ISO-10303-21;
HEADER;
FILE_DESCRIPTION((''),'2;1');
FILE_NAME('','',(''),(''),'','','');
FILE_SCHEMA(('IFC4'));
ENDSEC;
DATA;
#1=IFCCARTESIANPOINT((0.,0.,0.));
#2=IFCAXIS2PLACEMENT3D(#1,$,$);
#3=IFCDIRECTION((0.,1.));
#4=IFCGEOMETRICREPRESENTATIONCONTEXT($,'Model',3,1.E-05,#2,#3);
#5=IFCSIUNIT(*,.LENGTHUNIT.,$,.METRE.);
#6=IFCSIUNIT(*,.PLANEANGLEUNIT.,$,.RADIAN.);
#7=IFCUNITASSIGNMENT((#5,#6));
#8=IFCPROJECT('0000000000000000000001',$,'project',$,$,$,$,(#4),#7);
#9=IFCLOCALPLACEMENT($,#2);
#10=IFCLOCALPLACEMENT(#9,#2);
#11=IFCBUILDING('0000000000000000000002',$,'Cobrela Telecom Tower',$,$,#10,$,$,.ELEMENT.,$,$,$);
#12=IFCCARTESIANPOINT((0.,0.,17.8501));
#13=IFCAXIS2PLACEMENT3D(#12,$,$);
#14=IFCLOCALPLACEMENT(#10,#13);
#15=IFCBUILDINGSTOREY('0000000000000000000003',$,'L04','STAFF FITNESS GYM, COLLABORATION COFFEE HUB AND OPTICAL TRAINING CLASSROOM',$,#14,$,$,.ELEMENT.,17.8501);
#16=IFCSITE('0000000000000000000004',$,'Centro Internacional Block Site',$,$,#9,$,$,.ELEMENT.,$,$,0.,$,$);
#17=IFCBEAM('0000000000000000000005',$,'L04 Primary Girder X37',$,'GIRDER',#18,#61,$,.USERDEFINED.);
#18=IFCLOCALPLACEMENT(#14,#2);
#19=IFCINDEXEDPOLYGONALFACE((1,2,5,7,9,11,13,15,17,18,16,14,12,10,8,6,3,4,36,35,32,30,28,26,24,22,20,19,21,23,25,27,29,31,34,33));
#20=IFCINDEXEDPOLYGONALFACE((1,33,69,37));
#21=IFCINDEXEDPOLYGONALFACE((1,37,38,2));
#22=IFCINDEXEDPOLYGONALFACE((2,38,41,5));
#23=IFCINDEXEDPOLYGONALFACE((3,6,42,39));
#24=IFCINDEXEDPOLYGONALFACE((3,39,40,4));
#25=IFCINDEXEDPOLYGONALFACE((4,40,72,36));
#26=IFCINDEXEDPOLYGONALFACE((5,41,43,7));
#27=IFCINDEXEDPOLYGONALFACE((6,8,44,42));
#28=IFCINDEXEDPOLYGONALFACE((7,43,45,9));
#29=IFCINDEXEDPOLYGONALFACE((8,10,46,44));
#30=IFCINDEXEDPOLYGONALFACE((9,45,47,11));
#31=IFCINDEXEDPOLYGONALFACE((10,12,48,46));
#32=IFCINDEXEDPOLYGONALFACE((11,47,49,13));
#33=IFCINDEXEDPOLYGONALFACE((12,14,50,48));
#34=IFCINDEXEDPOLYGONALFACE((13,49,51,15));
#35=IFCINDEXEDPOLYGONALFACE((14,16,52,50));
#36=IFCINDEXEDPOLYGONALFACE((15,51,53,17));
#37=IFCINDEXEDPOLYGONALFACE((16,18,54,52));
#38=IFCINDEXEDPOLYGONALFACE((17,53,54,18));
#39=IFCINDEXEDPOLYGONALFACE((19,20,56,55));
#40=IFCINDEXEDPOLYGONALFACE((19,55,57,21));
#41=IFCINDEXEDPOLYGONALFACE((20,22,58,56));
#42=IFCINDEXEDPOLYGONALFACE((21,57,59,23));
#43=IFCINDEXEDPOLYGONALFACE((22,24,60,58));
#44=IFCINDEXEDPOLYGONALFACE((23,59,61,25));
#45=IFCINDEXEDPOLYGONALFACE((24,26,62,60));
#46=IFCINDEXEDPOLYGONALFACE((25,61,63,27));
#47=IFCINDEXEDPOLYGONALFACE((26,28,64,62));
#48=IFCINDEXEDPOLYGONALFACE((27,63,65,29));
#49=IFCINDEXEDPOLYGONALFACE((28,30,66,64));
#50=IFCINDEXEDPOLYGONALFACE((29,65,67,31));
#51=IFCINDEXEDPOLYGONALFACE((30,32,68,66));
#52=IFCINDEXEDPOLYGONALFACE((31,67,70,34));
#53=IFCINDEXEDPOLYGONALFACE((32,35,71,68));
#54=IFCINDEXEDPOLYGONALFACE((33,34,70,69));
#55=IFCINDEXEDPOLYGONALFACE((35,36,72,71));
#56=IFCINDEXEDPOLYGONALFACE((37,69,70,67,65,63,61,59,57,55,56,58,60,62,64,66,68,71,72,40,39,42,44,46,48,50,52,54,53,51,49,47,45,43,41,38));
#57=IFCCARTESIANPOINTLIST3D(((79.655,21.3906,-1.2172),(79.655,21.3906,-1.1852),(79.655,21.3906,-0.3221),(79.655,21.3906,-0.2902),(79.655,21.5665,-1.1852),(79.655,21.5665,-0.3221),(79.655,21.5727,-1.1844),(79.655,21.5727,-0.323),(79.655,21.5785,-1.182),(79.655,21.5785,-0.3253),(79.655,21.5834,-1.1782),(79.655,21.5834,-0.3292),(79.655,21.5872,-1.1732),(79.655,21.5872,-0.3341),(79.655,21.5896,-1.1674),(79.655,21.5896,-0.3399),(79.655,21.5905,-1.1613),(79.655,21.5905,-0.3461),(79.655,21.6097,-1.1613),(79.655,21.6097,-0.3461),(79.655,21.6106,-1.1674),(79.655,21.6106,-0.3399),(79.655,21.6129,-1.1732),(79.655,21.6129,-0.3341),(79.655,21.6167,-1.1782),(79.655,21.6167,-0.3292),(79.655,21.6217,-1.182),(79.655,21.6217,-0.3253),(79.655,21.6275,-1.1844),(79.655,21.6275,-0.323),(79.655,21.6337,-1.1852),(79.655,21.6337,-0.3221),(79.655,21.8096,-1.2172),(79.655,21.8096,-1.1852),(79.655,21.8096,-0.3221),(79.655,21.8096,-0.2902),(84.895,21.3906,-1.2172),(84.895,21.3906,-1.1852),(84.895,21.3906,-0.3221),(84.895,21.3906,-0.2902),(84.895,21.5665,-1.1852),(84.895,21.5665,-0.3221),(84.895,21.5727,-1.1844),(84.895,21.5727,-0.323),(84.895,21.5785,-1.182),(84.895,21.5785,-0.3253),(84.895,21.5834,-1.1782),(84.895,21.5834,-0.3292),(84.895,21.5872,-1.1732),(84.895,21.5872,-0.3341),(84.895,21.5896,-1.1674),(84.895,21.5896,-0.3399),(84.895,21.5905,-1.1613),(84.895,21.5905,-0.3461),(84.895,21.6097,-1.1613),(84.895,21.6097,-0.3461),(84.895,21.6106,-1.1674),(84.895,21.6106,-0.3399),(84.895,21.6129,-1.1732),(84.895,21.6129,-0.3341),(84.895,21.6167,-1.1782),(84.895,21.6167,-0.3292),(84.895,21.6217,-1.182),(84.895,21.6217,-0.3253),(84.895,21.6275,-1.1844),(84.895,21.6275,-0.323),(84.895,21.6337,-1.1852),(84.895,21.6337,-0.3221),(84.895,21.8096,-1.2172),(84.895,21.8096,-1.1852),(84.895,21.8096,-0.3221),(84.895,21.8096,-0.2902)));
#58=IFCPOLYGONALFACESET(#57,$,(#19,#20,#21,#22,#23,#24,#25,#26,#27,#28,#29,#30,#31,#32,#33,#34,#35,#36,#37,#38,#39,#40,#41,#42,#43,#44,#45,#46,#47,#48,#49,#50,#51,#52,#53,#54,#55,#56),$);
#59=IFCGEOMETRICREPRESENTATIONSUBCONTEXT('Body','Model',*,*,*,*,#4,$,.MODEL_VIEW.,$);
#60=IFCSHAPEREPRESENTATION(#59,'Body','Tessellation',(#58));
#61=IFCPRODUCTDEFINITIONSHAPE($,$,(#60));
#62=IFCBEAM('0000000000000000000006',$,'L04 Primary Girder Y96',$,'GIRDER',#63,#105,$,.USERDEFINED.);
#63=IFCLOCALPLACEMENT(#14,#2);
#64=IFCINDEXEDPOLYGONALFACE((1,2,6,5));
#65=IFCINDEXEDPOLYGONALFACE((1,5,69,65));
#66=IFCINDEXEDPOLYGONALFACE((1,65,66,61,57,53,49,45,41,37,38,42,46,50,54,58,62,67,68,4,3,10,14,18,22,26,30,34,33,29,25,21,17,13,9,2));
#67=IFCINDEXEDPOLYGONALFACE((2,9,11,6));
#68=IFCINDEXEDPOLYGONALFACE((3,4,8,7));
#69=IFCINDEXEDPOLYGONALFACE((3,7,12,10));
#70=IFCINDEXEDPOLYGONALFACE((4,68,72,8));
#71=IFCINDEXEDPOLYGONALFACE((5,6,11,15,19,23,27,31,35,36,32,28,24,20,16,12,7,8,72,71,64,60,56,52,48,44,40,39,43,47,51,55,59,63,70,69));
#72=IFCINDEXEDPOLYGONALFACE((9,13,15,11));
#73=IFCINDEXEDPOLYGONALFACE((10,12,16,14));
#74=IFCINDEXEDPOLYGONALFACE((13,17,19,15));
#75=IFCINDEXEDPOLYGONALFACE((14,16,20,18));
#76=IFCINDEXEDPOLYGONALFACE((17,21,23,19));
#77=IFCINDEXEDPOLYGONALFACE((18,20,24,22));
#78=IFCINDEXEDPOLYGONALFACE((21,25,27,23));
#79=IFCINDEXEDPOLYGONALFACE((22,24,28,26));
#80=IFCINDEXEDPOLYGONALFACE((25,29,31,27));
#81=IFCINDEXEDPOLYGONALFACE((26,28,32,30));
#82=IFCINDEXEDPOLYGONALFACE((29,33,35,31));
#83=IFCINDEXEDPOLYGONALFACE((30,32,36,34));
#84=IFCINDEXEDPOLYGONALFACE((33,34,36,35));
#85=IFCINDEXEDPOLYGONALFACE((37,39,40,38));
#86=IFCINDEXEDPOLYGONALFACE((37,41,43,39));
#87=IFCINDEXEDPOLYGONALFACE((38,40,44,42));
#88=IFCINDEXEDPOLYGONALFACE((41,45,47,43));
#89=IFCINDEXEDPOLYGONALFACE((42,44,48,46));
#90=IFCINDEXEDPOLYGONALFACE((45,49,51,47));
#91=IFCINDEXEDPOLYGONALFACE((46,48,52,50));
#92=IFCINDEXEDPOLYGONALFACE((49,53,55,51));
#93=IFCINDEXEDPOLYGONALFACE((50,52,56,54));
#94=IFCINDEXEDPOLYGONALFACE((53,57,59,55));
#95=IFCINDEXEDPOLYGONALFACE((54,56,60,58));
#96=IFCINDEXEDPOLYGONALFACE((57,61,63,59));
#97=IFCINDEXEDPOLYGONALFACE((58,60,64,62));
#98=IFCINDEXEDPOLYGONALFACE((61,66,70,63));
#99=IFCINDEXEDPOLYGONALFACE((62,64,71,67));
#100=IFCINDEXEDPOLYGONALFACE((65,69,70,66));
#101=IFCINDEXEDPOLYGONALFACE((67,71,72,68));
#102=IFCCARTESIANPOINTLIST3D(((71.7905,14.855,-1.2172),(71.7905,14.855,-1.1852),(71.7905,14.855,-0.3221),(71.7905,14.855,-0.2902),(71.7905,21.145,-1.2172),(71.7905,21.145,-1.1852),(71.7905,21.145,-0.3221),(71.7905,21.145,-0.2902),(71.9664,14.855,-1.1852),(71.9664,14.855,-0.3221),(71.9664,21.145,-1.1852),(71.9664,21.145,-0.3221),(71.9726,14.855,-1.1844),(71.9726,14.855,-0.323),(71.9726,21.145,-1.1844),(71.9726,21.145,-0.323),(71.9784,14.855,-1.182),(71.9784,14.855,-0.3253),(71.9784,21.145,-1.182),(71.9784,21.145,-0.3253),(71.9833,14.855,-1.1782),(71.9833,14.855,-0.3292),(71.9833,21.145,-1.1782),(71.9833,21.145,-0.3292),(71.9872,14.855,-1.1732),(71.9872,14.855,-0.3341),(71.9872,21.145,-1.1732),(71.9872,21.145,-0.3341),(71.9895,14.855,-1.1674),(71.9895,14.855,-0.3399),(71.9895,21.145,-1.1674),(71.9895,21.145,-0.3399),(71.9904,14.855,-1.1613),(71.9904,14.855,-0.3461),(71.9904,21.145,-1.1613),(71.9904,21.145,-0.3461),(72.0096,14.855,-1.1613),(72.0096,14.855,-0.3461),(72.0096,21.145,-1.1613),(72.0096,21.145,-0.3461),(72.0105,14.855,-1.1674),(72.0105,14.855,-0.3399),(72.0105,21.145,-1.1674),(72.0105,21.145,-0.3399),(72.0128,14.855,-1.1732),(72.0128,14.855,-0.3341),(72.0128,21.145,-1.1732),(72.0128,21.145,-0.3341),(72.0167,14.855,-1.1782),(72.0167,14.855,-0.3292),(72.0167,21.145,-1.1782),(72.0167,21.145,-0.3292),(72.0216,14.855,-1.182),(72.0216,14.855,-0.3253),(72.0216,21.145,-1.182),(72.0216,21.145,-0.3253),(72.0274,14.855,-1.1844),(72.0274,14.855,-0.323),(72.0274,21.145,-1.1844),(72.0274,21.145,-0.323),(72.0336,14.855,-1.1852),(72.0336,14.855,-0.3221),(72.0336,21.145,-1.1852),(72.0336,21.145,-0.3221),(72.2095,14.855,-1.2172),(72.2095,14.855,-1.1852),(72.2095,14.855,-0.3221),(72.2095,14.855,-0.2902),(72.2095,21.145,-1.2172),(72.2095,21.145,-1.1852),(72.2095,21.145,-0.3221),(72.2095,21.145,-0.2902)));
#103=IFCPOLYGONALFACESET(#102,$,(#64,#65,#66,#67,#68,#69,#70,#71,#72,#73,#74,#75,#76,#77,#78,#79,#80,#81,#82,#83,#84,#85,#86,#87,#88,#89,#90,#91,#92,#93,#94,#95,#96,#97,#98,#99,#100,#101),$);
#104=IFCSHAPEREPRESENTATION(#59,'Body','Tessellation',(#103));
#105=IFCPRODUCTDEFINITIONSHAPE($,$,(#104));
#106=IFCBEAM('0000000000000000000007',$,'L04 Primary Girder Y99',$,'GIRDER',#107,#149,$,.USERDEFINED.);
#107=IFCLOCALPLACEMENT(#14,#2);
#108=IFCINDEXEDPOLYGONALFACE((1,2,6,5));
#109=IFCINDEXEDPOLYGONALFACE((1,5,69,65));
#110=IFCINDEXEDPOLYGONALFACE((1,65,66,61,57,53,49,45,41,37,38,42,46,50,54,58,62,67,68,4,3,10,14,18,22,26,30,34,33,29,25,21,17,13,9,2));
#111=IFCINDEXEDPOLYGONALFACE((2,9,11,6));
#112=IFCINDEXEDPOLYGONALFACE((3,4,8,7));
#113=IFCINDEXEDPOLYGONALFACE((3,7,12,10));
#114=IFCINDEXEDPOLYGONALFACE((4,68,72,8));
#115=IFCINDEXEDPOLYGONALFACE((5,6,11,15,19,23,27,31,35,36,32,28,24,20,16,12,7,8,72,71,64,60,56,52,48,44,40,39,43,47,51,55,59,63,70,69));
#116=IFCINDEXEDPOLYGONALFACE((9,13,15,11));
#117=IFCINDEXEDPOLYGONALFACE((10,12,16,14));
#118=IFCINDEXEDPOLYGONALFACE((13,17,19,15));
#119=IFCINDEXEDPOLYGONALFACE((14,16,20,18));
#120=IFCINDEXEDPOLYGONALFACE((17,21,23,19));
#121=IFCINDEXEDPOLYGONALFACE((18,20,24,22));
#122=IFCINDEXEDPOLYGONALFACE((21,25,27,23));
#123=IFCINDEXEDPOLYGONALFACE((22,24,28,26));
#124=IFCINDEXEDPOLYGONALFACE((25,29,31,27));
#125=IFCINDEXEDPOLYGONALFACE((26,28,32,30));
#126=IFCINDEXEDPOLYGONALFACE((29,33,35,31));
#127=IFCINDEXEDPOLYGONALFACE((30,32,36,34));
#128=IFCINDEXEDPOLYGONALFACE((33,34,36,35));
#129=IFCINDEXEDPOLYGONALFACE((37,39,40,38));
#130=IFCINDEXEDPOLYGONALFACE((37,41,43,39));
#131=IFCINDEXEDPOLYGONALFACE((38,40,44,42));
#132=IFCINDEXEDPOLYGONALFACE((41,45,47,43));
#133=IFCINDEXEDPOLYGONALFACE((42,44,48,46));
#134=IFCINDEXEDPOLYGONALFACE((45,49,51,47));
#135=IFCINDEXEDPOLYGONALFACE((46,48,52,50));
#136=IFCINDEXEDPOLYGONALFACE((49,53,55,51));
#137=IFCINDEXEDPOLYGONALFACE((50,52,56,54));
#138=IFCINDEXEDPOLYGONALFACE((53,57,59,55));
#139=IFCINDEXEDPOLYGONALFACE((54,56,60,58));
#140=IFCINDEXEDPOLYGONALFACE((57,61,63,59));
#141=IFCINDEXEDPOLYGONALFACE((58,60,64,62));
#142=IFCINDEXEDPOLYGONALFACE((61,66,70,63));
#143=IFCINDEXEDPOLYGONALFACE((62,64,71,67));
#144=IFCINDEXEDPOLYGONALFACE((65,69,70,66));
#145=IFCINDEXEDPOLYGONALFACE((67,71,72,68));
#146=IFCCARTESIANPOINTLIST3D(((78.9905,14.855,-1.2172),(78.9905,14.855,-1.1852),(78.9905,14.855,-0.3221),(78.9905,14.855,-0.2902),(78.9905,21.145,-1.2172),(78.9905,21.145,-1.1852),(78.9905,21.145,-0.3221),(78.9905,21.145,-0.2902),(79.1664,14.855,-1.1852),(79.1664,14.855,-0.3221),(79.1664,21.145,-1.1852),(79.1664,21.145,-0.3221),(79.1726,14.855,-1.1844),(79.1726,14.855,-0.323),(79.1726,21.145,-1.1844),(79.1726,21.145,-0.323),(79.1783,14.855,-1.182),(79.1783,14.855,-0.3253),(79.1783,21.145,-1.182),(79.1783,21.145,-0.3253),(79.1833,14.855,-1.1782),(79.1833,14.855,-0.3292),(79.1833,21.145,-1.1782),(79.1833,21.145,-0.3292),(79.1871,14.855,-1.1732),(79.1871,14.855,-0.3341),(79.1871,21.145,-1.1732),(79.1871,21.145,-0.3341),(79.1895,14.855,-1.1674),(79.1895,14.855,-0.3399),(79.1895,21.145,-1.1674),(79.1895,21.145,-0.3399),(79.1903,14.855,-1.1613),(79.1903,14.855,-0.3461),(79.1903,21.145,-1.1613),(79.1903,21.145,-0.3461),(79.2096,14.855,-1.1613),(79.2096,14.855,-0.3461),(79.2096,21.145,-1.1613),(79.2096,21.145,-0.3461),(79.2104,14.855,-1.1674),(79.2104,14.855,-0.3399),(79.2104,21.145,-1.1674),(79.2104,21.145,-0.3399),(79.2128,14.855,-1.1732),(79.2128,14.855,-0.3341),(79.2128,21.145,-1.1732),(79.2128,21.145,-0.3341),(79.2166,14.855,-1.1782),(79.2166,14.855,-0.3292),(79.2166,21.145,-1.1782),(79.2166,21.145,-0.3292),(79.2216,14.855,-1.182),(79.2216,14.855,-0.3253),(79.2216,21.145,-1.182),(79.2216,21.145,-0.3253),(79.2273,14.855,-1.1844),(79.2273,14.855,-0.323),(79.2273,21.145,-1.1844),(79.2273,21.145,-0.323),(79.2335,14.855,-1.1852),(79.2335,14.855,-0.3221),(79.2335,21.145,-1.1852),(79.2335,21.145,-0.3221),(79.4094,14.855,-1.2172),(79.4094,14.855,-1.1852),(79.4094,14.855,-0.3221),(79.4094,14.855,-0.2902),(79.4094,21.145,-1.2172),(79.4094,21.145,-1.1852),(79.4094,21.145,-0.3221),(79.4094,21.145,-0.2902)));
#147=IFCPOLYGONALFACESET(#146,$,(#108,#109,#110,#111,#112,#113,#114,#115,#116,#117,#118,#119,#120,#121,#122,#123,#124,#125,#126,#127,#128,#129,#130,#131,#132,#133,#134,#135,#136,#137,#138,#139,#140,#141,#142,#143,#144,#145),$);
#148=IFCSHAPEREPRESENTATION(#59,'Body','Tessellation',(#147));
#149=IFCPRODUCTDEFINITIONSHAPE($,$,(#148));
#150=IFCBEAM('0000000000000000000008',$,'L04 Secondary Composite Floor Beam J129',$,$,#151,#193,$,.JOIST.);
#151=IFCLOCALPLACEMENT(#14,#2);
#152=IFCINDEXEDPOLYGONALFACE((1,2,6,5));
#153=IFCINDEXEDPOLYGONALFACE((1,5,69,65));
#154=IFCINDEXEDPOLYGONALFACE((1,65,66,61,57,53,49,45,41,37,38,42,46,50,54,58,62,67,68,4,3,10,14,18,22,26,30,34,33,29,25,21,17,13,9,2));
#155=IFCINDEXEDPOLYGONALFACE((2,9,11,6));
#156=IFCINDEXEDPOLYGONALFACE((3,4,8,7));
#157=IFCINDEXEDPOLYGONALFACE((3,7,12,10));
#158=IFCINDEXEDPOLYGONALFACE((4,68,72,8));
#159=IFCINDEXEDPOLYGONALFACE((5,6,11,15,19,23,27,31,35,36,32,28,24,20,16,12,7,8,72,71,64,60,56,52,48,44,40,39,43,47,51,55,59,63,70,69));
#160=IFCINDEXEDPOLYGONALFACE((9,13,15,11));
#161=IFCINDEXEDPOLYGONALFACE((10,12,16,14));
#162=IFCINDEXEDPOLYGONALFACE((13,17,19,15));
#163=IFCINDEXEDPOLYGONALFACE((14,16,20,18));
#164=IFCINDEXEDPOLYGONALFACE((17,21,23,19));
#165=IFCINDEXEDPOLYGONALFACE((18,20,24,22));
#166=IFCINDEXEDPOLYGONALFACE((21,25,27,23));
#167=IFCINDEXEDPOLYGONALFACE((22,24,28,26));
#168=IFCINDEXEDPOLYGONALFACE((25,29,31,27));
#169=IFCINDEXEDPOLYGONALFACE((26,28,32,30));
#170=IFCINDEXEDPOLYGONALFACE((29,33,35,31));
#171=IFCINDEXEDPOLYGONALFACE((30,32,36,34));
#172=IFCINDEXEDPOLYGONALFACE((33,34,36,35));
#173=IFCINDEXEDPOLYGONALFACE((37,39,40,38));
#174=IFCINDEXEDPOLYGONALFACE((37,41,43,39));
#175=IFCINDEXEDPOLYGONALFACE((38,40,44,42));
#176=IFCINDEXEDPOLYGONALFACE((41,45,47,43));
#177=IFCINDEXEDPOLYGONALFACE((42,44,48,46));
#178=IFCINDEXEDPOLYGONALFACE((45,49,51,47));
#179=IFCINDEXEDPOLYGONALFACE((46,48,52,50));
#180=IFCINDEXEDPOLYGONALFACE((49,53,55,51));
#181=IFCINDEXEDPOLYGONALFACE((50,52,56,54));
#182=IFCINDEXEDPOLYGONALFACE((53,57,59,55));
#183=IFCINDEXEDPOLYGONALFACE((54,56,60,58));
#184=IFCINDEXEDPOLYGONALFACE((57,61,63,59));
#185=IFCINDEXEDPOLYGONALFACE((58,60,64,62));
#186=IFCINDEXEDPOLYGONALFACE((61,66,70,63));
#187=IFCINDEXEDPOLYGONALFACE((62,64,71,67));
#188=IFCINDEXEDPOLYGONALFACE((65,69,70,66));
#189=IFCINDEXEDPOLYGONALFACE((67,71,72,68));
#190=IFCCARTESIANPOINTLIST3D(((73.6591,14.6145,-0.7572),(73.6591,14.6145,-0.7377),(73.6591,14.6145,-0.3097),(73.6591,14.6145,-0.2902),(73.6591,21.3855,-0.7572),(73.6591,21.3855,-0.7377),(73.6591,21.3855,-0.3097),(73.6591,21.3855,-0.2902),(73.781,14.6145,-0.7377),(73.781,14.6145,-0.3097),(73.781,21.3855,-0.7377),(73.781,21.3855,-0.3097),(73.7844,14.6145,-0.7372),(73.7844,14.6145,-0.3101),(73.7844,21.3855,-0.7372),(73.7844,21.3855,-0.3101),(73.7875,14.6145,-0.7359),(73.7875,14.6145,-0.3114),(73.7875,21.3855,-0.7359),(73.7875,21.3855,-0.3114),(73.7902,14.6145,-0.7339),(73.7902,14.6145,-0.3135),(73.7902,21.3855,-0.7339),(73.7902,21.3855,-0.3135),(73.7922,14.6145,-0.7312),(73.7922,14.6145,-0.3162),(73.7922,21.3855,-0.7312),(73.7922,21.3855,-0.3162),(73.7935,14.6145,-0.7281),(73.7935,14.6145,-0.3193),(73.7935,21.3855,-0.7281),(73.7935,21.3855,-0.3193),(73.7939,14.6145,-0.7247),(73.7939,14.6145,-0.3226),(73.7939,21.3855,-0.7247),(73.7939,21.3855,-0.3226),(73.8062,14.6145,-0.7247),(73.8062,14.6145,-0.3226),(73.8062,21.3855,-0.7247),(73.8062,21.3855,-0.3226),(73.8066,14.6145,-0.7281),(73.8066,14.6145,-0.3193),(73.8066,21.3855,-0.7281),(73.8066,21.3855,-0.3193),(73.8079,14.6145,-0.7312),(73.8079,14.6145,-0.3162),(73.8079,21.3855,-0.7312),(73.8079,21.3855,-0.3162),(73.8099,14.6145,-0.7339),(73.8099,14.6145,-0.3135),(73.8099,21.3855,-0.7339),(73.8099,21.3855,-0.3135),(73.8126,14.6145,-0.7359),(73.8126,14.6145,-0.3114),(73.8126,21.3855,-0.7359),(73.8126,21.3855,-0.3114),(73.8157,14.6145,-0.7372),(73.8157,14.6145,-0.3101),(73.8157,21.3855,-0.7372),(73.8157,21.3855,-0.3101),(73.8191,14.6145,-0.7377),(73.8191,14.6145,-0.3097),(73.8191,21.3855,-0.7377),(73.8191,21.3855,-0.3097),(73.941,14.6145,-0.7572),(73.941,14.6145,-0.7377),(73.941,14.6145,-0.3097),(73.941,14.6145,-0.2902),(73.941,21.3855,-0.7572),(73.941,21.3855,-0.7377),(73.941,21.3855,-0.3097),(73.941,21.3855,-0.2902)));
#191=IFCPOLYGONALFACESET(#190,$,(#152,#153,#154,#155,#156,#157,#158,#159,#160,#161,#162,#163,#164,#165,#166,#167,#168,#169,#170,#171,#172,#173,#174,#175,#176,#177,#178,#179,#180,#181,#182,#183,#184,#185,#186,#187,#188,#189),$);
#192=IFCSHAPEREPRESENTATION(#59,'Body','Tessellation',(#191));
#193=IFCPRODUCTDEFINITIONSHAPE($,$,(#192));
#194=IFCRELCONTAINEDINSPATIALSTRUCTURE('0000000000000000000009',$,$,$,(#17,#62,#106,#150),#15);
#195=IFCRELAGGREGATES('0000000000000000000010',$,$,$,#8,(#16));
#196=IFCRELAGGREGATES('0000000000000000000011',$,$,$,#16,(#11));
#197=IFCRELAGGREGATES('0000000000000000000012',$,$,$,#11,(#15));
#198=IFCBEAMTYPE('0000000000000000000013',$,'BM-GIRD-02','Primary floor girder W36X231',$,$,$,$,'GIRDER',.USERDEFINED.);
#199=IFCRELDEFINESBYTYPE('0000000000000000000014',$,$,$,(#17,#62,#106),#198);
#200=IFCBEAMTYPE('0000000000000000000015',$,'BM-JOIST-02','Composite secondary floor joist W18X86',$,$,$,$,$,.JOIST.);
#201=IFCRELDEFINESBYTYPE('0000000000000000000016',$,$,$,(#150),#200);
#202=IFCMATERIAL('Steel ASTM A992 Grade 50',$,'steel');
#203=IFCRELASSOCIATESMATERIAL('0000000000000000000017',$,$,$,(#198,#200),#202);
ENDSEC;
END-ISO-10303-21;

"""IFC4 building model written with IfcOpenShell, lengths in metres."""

from ifc_helpers import new_model, si_unit, direction, frame, origin, origin_2d, place, context, subcontext, project, spatial, i_section, extrude, material, material_profile, profile_set, type_object, element, save


model = new_model("IFC4")

# Units and contexts
model_context = context("Model", 3, precision=1e-05, world=origin(), true_north=direction((0.0, 1.0)))
body_context = subcontext(model_context, "Body", "Model", "MODEL_VIEW")
ifc_project = project(units=[si_unit("LENGTHUNIT", "METRE"), si_unit("PLANEANGLEUNIT", "RADIAN")], contexts=[model_context])

# Site, building, storey
site_placement = place(None, origin())
site = spatial("IfcSite", under=ifc_project, at=site_placement, Name="Centro Internacional Block Site", CompositionType="ELEMENT", RefElevation=0.0)
building_placement = place(site_placement, origin())
building = spatial("IfcBuilding", under=site, at=building_placement, Name="Cobrela Telecom Tower", CompositionType="ELEMENT")
storey_placement = place(building_placement, frame((0.0, 0.0, 17.8501)))
storey = spatial("IfcBuildingStorey", under=building, at=storey_placement, Name="L04", Description="STAFF FITNESS GYM, COLLABORATION COFFEE HUB AND OPTICAL TRAINING CLASSROOM", CompositionType="ELEMENT", Elevation=17.8501)

# Beams
ifc_material_1 = material(Name="Steel ASTM A992 Grade 50", Category="steel")
ifc_material_profile_1 = material_profile(ifc_material_1, i_section(OverallWidth=0.4189, OverallDepth=0.927, WebThickness=0.0193, FlangeThickness=0.032, FilletRadius=0.0239, at=origin_2d()), Name="W36X231")
ifc_profile_set_1 = profile_set([ifc_material_profile_1], Name="Steel ASTM A992 Grade 50")
beam_type_1 = type_object("IfcBeamType", Name="BM-GIRD-02", Description="Primary floor girder W36X231", ElementType="GIRDER", PredefinedType="USERDEFINED", material=ifc_profile_set_1)
beam_1_placement = place(storey_placement, frame((79.655, 21.6001, -0.7537), z_axis=(1.0, 0.0, 0.0), x_axis=(0.0, 1.0, 0.0)))
element("IfcBeam", 1, at=beam_1_placement, inside=storey, type_object=beam_type_1, Name="L04 Primary Girder X37", ObjectType="GIRDER", PredefinedType="USERDEFINED", context=body_context, shape_type="SweptSolid", body=[
    extrude(i_section(OverallWidth=0.4189, OverallDepth=0.927, WebThickness=0.0193, FlangeThickness=0.032, FilletRadius=0.0239, at=origin_2d()), origin(), (0.0, 0.0, 1.0), 5.24),
])
for number, where, z_axis, x_axis, name in (
    (2, (72.0, 14.855, -0.7537), (0.0, 1.0, 0.0), (-1.0, 0.0, 0.0), "L04 Primary Girder Y96"),
    (3, (79.2, 14.855, -0.7537), (0.0, 1.0, 0.0), (-1.0, 0.0, 0.0), "L04 Primary Girder Y99"),
):
    element("IfcBeam", number, at=place(storey_placement, frame(where, z_axis=z_axis, x_axis=x_axis)), inside=storey, type_object=beam_type_1, Name=name, ObjectType="GIRDER", PredefinedType="USERDEFINED", context=body_context, shape_type="SweptSolid", body=[
        extrude(i_section(OverallWidth=0.4189, OverallDepth=0.927, WebThickness=0.0193, FlangeThickness=0.032, FilletRadius=0.0239, at=origin_2d()), origin(), (0.0, 0.0, 1.0), 6.29),
    ])
ifc_material_profile_2 = material_profile(ifc_material_1, i_section(OverallWidth=0.282, OverallDepth=0.467, WebThickness=0.0122, FlangeThickness=0.0195, FilletRadius=0.0129, at=origin_2d()), Name="W18X86")
ifc_profile_set_2 = profile_set([ifc_material_profile_2], Name="Steel ASTM A992 Grade 50")
beam_type_2 = type_object("IfcBeamType", Name="BM-JOIST-02", Description="Composite secondary floor joist W18X86", PredefinedType="JOIST", material=ifc_profile_set_2)
for number, where, z_axis, x_axis, name in (
    (4, (73.8, 14.6145, -0.5237), (0.0, 1.0, 0.0), (-1.0, 0.0, 0.0), "L04 Secondary Composite Floor Beam J129"),
):
    element("IfcBeam", number, at=place(storey_placement, frame(where, z_axis=z_axis, x_axis=x_axis)), inside=storey, type_object=beam_type_2, Name=name, PredefinedType="JOIST", context=body_context, shape_type="SweptSolid", body=[
        extrude(i_section(OverallWidth=0.282, OverallDepth=0.467, WebThickness=0.0122, FlangeThickness=0.0195, FilletRadius=0.0129, at=origin_2d()), origin(), (0.0, 0.0, 1.0), 6.771),
    ])

save(model, "model.ifc")
